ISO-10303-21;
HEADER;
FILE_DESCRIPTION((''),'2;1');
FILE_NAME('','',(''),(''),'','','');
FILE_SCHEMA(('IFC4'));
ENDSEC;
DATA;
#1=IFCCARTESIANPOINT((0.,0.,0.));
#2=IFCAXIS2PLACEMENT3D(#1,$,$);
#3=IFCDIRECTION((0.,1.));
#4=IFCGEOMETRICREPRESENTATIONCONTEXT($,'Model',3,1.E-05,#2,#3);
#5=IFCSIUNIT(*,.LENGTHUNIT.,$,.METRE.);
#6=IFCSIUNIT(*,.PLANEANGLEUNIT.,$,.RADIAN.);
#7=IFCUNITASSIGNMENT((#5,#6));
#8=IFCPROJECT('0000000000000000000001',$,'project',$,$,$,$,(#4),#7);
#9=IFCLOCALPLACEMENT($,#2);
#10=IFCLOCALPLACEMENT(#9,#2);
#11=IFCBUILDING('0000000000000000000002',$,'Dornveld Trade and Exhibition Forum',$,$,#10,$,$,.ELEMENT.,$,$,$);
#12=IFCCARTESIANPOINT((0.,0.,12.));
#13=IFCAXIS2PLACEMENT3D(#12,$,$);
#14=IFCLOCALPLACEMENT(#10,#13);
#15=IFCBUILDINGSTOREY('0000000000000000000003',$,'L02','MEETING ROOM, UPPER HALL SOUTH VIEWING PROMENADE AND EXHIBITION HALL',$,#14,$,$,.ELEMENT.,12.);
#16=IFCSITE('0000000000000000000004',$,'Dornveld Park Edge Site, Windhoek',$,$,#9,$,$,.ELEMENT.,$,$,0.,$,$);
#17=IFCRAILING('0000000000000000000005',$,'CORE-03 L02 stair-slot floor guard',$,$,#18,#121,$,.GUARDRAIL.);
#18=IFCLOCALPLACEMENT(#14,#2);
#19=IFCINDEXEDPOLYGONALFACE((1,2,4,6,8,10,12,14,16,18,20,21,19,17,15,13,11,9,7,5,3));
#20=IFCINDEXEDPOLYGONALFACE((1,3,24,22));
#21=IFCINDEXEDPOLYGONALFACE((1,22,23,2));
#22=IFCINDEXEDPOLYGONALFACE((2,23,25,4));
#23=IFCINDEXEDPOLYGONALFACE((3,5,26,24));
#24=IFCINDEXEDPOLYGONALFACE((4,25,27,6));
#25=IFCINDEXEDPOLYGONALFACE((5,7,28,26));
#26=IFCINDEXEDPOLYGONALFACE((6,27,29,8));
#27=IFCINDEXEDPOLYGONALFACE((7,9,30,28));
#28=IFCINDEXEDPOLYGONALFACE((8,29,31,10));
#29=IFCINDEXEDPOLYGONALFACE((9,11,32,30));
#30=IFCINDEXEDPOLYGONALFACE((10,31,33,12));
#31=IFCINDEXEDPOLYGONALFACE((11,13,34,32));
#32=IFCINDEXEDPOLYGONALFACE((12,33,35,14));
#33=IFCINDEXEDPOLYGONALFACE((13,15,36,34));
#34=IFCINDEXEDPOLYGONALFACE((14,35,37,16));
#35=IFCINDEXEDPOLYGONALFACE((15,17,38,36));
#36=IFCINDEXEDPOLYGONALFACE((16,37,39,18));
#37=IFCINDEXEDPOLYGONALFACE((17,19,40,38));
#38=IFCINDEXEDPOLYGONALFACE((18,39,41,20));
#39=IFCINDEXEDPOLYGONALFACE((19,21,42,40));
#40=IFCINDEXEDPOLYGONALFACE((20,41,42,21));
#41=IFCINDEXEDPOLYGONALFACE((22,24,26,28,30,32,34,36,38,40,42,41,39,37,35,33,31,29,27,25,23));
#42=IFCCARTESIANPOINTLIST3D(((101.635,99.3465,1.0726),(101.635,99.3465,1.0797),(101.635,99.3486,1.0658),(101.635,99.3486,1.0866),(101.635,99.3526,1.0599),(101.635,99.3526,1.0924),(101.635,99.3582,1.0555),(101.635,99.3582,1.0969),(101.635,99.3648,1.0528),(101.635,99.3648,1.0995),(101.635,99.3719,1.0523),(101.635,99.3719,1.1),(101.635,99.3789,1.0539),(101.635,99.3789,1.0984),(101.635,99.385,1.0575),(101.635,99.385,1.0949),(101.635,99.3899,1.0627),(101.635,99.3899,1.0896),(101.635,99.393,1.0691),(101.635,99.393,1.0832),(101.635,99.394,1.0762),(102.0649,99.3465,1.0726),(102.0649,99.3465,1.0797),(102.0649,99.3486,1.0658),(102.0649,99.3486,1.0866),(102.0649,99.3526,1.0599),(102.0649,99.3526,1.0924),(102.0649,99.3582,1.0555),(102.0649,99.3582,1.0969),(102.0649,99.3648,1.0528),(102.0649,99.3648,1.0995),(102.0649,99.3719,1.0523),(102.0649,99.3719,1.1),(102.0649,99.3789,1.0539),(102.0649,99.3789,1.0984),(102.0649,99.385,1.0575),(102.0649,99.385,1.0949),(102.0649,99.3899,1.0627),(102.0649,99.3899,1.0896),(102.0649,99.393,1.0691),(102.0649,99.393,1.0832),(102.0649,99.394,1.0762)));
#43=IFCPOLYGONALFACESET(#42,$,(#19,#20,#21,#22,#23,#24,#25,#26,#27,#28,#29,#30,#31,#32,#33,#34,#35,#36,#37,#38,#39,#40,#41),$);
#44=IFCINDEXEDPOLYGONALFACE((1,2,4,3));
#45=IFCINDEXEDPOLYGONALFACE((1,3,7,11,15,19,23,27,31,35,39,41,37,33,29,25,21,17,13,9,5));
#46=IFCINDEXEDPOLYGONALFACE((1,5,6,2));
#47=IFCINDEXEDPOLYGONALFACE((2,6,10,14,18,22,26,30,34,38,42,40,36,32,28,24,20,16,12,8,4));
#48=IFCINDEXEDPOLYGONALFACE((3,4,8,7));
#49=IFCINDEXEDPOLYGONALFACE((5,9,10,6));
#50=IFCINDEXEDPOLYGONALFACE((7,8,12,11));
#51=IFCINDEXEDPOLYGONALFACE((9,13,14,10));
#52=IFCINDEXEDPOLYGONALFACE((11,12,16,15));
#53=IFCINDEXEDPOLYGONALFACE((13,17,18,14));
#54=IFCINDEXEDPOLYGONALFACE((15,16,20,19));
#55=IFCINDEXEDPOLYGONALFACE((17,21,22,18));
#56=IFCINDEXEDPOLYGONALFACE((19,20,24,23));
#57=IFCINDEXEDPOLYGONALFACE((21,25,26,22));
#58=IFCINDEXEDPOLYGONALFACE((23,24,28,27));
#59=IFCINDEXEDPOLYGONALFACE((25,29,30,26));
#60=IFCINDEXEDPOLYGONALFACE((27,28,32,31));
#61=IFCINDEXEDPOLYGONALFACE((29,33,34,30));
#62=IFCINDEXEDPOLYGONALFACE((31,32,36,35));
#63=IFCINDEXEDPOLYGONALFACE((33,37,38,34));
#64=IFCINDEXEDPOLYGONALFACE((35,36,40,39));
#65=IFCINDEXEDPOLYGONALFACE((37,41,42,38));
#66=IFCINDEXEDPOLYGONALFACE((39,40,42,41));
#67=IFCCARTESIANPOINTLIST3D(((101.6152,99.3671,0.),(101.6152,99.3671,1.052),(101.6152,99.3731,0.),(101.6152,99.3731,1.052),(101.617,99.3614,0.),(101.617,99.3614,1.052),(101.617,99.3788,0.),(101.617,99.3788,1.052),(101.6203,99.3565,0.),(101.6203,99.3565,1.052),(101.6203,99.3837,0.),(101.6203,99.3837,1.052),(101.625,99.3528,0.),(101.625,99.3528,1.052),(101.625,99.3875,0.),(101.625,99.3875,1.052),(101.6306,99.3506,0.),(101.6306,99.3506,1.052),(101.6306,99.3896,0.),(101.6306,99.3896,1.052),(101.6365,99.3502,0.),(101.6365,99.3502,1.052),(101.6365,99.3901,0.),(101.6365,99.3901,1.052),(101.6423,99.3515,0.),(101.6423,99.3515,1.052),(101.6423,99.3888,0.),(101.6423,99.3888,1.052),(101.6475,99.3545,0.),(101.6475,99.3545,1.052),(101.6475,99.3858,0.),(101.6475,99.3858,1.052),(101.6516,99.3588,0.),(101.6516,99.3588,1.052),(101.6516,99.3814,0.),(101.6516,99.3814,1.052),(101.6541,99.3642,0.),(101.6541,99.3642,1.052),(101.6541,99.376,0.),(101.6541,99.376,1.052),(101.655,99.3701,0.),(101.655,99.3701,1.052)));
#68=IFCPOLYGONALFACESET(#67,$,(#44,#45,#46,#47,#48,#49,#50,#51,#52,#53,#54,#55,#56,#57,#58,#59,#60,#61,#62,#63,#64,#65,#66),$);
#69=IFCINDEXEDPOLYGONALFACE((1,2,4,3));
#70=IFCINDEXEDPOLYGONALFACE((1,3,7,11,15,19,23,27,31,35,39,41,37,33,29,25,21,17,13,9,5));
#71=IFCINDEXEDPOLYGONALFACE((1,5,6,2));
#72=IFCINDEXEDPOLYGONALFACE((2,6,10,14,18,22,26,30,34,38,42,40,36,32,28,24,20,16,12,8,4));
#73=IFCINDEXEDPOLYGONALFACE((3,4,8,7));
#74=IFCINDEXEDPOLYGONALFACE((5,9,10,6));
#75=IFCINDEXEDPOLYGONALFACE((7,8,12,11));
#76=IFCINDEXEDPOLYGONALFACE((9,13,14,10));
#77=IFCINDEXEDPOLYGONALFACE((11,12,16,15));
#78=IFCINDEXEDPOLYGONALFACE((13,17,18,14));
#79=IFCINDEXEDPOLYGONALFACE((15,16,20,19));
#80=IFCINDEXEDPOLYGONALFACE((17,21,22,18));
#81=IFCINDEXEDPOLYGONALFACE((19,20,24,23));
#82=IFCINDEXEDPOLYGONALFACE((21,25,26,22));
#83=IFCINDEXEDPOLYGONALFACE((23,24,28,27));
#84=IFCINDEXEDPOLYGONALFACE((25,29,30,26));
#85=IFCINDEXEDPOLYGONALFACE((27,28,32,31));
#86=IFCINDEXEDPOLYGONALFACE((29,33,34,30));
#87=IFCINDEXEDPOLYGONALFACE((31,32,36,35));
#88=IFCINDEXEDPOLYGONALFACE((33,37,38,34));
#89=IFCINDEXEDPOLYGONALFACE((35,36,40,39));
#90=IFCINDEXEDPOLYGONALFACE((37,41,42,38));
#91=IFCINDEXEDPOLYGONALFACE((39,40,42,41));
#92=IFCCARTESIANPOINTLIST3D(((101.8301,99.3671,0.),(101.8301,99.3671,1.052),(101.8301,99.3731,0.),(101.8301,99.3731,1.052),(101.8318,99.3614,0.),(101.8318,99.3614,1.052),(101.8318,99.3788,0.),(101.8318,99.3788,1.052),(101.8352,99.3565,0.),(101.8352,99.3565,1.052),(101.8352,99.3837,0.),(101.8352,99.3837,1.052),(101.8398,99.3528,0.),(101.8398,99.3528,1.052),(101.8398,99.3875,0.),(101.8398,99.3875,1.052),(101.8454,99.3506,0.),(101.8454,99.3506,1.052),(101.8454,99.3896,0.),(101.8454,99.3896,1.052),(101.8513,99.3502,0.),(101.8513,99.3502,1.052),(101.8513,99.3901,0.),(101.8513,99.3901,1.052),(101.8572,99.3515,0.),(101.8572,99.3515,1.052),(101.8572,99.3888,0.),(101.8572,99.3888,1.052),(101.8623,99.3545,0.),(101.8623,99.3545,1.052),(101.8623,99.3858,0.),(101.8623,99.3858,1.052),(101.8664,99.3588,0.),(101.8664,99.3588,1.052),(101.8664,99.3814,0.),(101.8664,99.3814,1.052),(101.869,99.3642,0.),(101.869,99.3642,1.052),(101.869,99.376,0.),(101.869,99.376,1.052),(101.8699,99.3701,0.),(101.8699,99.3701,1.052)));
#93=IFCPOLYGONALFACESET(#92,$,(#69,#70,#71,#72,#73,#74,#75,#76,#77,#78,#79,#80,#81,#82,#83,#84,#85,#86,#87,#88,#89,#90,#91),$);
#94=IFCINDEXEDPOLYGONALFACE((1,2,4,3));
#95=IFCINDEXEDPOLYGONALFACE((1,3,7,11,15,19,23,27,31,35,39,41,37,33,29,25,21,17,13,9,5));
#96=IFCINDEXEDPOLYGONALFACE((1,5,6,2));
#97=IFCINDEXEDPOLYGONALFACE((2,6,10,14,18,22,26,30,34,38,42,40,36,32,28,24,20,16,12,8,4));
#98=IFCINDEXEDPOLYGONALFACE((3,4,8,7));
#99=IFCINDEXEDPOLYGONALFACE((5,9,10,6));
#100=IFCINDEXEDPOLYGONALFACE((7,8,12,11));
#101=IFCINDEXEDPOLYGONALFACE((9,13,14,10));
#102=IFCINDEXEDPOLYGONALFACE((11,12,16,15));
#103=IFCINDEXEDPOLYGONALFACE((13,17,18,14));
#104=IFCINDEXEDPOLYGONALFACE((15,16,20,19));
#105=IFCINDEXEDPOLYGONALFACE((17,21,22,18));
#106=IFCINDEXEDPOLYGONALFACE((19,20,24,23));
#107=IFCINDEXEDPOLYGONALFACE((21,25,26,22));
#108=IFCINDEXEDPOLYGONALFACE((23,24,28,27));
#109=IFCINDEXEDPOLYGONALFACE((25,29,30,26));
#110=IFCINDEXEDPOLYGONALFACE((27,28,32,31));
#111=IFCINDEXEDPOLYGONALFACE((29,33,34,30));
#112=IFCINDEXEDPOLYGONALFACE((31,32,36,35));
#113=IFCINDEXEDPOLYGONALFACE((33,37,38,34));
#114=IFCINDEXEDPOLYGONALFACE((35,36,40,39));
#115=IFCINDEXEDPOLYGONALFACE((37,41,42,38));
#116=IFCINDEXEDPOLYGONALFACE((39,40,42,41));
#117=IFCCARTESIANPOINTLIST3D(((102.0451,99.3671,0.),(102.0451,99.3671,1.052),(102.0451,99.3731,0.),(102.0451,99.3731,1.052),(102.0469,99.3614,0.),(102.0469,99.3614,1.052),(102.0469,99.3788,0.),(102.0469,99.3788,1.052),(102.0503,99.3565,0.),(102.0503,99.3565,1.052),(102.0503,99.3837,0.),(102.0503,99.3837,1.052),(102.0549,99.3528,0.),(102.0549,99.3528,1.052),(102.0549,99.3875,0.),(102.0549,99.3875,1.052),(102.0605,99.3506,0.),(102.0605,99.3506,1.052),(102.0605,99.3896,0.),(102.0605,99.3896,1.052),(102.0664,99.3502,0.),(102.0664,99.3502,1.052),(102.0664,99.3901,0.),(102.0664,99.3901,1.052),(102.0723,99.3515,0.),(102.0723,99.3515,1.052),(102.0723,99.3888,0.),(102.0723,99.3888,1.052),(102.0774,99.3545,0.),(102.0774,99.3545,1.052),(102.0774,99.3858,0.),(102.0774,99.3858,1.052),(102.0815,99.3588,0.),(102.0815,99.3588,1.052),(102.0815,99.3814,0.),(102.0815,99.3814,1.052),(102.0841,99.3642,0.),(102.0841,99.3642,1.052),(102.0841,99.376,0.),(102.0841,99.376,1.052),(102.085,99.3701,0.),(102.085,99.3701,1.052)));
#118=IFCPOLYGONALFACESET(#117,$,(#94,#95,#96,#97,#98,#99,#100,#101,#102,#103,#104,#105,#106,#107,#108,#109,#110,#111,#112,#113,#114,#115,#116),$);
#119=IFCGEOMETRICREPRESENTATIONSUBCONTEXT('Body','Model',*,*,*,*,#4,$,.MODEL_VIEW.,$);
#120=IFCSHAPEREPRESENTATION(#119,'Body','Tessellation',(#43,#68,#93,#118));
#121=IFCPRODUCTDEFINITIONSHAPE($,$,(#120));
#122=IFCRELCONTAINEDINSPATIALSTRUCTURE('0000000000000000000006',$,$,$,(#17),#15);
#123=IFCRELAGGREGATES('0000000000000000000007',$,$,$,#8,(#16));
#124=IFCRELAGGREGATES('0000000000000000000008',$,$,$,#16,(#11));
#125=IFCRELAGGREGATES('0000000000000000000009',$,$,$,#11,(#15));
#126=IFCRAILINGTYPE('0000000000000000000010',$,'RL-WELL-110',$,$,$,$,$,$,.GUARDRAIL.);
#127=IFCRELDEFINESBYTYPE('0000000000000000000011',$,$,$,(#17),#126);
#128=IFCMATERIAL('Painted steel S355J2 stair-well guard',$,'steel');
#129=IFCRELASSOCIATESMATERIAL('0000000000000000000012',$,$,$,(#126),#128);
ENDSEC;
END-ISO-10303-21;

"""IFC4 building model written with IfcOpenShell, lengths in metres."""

from ifc_helpers import new_model, si_unit, direction, frame, origin, origin_2d, place, context, subcontext, project, spatial, circle, extrude, material, type_object, element, save


model = new_model("IFC4")

# Units and contexts
model_context = context("Model", 3, precision=1e-05, world=origin(), true_north=direction((0.0, 1.0)))
body_context = subcontext(model_context, "Body", "Model", "MODEL_VIEW")
ifc_project = project(units=[si_unit("LENGTHUNIT", "METRE"), si_unit("PLANEANGLEUNIT", "RADIAN")], contexts=[model_context])

# Site, building, storey
site_placement = place(None, origin())
site = spatial("IfcSite", under=ifc_project, at=site_placement, Name="Dornveld Park Edge Site, Windhoek", CompositionType="ELEMENT", RefElevation=0.0)
building_placement = place(site_placement, origin())
building = spatial("IfcBuilding", under=site, at=building_placement, Name="Dornveld Trade and Exhibition Forum", CompositionType="ELEMENT")
storey_placement = place(building_placement, frame((0.0, 0.0, 12.0)))
storey = spatial("IfcBuildingStorey", under=building, at=storey_placement, Name="L02", Description="MEETING ROOM, UPPER HALL SOUTH VIEWING PROMENADE AND EXHIBITION HALL", CompositionType="ELEMENT", Elevation=12.0)

# Railing
ifc_material_1 = material(Name="Painted steel S355J2 stair-well guard", Category="steel")
railing_type_1 = type_object("IfcRailingType", Name="RL-WELL-110", PredefinedType="GUARDRAIL", material=ifc_material_1)
railing_1_placement = place(storey_placement, frame((101.635, 99.3701, 0.0)))
element("IfcRailing", 1, at=railing_1_placement, inside=storey, type_object=railing_type_1, Name="CORE-03 L02 stair-slot floor guard", PredefinedType="GUARDRAIL", context=body_context, shape_type="SweptSolid", body=[
    extrude(circle(Radius=0.0239, at=origin_2d()), frame((0.0, 0.0, 1.0762), z_axis=(1.0, 0.0, 0.0), x_axis=(0.0, 1.0, 0.0)), (0.0, 0.0, 1.0), 0.4299),
    extrude(circle(Radius=0.02, at=origin_2d()), origin(), (0.0, 0.0, 1.0), 1.052),
    extrude(circle(Radius=0.02, at=origin_2d()), frame((0.2148, 0.0, 0.0)), (0.0, 0.0, 1.0), 1.052),
    extrude(circle(Radius=0.02, at=origin_2d()), frame((0.4299, 0.0, 0.0)), (0.0, 0.0, 1.0), 1.052),
])

save(model, "model.ifc")
